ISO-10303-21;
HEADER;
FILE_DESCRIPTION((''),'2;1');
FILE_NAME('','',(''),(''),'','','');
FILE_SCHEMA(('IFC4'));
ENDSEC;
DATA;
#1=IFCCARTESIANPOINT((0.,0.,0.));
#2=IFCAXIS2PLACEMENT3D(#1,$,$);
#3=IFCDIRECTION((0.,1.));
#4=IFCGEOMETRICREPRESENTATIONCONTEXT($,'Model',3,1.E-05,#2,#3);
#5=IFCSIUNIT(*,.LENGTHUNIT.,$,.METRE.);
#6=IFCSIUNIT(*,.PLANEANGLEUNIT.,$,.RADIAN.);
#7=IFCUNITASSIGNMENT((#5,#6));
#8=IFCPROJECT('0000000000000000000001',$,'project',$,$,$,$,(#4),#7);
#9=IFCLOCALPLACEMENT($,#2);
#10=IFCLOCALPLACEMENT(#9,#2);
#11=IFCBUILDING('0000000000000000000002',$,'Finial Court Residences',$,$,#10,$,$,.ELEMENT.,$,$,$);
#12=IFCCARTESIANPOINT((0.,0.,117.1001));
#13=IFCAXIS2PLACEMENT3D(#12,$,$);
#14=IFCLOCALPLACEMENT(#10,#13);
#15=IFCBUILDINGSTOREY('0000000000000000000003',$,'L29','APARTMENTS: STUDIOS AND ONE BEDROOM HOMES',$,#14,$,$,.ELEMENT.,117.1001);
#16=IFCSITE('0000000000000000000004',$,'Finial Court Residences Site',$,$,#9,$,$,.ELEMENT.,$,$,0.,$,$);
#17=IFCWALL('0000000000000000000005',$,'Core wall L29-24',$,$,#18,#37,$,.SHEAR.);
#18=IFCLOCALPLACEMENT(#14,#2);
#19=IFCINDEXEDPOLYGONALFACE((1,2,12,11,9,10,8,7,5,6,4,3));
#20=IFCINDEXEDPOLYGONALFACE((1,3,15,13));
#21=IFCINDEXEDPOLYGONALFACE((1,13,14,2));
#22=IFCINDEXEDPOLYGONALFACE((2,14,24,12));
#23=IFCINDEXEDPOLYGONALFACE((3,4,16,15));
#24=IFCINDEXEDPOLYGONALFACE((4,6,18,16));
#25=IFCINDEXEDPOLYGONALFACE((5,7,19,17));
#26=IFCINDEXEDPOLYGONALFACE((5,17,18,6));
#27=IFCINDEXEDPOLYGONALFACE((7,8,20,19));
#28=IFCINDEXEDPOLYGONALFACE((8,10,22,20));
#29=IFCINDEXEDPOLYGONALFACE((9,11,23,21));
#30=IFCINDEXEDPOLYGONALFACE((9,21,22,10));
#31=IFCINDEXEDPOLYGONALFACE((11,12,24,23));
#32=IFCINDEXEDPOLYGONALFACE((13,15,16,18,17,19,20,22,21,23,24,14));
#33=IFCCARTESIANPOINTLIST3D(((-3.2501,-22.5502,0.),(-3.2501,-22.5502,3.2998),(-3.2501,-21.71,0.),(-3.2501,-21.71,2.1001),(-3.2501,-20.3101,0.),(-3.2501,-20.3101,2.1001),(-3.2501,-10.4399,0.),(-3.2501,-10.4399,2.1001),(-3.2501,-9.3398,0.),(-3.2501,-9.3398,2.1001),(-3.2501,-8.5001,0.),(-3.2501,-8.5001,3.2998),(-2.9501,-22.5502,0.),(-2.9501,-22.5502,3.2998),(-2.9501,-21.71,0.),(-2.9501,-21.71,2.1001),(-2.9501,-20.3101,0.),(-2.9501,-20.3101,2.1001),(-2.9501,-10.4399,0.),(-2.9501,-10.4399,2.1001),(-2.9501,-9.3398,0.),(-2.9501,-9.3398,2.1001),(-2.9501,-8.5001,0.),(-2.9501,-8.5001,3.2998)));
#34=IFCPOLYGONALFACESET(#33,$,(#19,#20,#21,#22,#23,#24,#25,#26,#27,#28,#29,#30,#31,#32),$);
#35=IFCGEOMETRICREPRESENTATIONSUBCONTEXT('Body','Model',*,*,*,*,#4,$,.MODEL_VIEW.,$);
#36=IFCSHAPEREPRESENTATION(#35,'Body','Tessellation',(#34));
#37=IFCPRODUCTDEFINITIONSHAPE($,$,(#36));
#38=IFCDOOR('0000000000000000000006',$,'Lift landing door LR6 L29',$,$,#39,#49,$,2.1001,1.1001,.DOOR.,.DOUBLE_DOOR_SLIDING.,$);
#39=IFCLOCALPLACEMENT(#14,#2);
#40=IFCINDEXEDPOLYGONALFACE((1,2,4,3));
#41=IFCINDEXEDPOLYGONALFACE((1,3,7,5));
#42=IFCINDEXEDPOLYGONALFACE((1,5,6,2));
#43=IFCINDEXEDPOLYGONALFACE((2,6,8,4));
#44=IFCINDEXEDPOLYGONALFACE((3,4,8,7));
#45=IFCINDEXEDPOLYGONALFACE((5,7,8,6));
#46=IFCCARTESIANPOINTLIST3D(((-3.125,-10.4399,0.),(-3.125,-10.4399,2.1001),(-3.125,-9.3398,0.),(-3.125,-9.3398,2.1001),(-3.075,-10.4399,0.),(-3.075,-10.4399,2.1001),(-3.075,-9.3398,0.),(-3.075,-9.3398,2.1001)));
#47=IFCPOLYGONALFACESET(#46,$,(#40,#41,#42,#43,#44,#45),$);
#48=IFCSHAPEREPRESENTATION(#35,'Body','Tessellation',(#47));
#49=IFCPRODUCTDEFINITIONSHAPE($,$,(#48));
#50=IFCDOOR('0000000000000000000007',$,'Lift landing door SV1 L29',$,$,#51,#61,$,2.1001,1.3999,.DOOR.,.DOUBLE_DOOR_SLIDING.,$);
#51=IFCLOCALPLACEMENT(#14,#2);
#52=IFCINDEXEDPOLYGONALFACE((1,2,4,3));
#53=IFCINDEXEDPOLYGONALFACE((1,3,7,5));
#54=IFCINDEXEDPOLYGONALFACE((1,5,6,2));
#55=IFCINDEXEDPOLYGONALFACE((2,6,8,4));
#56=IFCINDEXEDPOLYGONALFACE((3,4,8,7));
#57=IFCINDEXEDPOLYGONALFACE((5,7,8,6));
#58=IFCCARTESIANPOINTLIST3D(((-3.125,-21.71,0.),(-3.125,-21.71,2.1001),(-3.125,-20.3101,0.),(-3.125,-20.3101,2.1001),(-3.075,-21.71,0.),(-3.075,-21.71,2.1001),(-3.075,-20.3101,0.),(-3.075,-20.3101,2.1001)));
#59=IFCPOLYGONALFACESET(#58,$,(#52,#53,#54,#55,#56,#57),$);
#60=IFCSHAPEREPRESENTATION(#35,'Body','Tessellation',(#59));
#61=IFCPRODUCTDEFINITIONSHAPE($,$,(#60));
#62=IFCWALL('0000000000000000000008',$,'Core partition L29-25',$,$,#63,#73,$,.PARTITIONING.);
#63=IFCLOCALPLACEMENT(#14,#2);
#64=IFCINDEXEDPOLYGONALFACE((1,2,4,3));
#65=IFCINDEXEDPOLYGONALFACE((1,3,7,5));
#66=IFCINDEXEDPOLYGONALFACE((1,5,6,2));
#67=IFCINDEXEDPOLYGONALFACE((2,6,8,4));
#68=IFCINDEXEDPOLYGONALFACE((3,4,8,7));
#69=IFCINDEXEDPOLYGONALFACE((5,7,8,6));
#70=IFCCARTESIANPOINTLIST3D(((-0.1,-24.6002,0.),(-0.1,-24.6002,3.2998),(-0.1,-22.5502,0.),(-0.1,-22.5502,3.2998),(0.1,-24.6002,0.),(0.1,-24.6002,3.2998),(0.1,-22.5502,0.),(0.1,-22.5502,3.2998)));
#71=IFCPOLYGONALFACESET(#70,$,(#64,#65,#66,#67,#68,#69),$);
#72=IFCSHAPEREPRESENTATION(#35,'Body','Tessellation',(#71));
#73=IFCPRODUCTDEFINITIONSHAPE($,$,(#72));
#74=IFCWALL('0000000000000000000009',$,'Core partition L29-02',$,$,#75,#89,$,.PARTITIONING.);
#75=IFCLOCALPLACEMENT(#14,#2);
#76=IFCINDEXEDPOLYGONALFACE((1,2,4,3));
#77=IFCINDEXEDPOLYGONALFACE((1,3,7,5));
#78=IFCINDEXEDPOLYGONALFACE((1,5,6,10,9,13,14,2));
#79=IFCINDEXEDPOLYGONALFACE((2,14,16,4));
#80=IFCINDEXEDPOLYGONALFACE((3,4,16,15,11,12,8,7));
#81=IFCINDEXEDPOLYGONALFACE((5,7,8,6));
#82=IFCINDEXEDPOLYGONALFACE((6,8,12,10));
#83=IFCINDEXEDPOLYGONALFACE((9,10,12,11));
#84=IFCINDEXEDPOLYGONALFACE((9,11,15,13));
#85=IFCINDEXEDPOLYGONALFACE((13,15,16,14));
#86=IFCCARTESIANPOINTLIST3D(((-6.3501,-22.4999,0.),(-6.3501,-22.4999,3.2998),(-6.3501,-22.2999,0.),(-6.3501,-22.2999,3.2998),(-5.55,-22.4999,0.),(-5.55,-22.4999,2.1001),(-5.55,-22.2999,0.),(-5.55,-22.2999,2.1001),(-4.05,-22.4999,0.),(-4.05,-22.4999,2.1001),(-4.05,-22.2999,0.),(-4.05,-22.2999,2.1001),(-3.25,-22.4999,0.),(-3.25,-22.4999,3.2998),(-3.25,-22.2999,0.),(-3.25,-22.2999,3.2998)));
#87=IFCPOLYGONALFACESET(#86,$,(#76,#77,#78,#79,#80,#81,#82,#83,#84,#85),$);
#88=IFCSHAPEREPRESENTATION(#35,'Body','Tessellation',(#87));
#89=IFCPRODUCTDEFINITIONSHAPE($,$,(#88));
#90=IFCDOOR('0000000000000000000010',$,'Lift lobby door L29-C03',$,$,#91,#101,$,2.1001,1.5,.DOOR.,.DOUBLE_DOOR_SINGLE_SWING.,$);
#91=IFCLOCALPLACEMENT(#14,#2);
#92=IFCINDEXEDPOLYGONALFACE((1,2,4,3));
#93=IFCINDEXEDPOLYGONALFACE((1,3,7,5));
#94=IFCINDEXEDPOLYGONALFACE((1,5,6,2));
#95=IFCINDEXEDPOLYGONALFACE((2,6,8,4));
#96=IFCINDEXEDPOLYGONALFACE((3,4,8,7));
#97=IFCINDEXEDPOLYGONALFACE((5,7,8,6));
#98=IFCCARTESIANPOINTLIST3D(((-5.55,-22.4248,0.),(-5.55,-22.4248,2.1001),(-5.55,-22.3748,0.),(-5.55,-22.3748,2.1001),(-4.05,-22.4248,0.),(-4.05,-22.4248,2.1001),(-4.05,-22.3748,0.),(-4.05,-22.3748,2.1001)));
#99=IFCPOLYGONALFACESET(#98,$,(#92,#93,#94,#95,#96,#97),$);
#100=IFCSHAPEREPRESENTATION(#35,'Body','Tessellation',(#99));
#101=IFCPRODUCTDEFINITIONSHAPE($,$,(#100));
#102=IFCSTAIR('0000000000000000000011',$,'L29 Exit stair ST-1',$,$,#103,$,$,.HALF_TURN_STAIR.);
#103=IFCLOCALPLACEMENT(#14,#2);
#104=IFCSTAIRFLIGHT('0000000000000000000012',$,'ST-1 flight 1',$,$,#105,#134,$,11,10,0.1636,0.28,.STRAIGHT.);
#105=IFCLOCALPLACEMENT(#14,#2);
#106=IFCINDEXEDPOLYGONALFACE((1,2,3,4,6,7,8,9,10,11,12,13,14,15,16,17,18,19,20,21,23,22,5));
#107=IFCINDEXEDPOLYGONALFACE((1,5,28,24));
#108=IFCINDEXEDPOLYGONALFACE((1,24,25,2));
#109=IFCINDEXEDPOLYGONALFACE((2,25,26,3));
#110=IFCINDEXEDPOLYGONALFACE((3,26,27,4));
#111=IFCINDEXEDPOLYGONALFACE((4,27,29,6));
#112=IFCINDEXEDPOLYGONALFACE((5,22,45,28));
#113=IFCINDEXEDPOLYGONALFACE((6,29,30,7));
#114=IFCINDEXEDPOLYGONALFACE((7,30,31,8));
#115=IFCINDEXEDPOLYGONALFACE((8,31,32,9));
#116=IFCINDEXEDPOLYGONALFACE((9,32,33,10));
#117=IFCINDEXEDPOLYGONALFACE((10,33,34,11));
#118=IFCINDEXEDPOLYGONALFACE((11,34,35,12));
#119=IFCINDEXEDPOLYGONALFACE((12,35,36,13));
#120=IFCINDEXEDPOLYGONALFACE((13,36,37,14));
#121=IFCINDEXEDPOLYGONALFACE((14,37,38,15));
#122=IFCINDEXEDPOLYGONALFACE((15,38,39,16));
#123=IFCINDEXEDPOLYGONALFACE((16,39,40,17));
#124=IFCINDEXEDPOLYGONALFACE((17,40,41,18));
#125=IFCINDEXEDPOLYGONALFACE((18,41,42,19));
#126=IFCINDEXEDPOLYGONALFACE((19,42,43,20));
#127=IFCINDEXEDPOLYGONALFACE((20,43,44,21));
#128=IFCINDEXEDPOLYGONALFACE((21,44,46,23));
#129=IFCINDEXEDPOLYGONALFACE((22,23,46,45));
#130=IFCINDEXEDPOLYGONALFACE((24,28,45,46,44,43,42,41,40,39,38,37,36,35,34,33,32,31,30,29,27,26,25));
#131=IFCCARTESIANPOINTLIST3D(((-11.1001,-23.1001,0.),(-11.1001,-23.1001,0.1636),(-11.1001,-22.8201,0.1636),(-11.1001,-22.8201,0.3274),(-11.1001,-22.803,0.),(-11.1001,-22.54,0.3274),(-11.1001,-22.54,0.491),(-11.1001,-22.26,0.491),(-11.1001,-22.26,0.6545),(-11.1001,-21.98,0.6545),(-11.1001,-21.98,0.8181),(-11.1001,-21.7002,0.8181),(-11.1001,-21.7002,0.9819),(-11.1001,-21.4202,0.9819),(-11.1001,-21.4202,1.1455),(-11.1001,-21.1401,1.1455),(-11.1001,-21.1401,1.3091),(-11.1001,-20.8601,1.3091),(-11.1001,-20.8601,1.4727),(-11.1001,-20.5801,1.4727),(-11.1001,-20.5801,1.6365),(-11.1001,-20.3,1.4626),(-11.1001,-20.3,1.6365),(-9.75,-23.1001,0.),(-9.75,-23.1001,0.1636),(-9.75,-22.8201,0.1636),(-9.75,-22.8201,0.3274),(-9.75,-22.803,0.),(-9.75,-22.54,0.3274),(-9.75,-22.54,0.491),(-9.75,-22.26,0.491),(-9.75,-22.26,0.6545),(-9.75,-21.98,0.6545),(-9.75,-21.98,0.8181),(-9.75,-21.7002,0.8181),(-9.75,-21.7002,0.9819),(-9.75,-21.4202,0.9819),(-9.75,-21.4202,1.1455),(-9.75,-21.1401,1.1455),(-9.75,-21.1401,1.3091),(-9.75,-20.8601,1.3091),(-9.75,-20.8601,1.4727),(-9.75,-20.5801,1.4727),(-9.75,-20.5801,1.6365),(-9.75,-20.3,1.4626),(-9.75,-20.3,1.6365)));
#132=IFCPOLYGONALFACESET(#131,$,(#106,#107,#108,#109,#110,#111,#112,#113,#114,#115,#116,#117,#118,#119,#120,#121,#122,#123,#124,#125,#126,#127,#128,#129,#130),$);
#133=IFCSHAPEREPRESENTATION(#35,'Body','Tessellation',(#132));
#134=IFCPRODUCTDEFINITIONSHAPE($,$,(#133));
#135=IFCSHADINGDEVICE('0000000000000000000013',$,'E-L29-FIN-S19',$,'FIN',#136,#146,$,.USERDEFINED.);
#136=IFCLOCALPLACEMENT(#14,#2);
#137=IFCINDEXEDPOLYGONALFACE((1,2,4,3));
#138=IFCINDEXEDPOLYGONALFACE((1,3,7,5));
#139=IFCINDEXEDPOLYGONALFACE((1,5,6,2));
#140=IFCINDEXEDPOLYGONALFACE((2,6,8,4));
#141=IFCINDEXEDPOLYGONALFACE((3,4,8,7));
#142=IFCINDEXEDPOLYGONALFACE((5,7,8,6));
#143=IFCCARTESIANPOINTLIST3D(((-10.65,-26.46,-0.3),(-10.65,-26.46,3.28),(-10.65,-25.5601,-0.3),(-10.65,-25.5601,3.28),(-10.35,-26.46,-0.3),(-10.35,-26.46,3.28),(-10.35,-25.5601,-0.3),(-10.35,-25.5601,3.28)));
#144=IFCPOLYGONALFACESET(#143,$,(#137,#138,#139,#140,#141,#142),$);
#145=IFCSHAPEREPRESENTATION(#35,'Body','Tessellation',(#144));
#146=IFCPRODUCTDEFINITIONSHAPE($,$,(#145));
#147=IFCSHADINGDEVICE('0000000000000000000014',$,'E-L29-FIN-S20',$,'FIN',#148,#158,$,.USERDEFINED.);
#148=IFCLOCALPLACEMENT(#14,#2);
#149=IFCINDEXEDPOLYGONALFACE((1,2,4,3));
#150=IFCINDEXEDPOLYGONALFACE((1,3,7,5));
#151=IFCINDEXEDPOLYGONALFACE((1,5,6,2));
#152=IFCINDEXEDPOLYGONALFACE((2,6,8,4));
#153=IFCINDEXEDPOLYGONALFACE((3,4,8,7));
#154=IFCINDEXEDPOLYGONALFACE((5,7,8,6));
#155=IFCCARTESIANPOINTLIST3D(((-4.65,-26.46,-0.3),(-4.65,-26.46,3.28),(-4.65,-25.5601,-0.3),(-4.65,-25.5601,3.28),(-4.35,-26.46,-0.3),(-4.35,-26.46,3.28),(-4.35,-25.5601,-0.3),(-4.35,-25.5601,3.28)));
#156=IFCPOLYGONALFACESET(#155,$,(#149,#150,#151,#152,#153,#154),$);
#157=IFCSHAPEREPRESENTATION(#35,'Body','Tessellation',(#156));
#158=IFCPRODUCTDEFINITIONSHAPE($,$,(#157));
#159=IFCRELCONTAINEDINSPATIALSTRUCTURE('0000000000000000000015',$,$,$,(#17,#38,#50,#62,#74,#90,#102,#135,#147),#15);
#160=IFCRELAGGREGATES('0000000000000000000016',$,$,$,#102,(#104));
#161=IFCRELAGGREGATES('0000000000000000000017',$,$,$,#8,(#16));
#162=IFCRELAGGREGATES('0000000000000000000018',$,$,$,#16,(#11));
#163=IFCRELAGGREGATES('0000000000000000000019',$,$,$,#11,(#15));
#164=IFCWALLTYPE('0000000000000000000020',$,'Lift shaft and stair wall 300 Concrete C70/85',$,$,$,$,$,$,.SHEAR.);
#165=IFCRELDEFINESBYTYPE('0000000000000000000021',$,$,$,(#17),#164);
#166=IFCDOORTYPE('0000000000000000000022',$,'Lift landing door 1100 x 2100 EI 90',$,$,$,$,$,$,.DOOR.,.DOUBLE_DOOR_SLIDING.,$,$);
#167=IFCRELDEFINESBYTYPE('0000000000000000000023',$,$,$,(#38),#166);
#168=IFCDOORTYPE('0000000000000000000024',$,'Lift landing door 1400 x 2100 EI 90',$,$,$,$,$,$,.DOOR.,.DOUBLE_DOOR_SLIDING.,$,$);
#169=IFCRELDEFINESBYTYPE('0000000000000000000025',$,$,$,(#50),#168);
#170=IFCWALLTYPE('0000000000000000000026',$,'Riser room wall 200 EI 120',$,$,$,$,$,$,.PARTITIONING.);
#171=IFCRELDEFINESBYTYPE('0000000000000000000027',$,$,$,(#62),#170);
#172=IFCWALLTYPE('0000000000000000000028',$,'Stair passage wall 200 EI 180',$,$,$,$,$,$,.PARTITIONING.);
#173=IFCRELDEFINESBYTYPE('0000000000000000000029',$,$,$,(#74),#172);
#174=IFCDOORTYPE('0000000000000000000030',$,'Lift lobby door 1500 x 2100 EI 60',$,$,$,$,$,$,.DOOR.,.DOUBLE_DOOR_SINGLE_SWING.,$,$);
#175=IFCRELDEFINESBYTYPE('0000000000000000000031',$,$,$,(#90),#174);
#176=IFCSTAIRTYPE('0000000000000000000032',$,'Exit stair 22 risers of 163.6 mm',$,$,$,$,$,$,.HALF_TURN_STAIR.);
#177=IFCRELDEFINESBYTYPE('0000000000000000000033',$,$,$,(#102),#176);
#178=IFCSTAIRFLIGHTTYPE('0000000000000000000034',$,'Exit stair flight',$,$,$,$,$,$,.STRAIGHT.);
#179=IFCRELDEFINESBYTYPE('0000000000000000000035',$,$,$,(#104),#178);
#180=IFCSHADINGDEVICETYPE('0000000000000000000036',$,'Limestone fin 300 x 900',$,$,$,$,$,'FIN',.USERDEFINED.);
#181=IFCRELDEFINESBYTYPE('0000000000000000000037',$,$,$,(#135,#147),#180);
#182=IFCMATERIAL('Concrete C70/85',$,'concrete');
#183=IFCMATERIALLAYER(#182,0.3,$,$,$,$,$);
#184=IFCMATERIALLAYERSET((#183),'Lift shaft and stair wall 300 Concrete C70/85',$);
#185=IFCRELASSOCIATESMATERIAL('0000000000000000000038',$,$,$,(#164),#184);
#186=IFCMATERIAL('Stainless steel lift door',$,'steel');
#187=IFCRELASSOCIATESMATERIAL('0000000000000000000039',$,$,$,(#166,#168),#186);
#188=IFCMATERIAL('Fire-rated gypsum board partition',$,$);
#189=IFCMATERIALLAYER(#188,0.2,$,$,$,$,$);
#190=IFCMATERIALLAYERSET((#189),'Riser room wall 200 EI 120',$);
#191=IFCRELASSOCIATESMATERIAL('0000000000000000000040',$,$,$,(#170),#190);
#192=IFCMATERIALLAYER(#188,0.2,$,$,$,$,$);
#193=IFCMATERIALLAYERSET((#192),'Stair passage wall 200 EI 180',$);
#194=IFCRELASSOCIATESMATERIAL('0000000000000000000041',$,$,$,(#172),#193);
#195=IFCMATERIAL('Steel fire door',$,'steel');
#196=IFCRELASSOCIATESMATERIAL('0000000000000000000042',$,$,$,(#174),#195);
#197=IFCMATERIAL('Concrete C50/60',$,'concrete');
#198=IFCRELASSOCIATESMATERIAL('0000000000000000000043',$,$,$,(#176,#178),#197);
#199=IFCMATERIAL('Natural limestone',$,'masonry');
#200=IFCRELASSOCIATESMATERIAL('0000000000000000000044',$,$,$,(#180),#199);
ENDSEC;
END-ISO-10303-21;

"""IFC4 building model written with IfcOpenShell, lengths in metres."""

from ifc_helpers import new_model, si_unit, direction, frame, frame_2d, origin, origin_2d, place, context, subcontext, project, spatial, polyline, rectangle, outline, extrude, material, layer, layer_set, type_object, element, fill, aggregate, save


model = new_model("IFC4")

# Units and contexts
model_context = context("Model", 3, precision=1e-05, world=origin(), true_north=direction((0.0, 1.0)))
body_context = subcontext(model_context, "Body", "Model", "MODEL_VIEW")
ifc_project = project(units=[si_unit("LENGTHUNIT", "METRE"), si_unit("PLANEANGLEUNIT", "RADIAN")], contexts=[model_context])

# Site, building, storey
site_placement = place(None, origin())
site = spatial("IfcSite", under=ifc_project, at=site_placement, Name="Finial Court Residences Site", CompositionType="ELEMENT", RefElevation=0.0)
building_placement = place(site_placement, origin())
building = spatial("IfcBuilding", under=site, at=building_placement, Name="Finial Court Residences", CompositionType="ELEMENT")
storey_placement = place(building_placement, frame((0.0, 0.0, 117.1001)))
storey = spatial("IfcBuildingStorey", under=building, at=storey_placement, Name="L29", Description="APARTMENTS: STUDIOS AND ONE BEDROOM HOMES", CompositionType="ELEMENT", Elevation=117.1001)

# Shared definitions
ifc_material_1 = material(Name="Concrete C70/85", Category="concrete")
ifc_layer_1 = layer(ifc_material_1, 0.3)
ifc_layer_set_1 = layer_set([ifc_layer_1], Name="Lift shaft and stair wall 300 Concrete C70/85")
wall_type_1 = type_object("IfcWallType", Name="Lift shaft and stair wall 300 Concrete C70/85", PredefinedType="SHEAR", material=ifc_layer_set_1)

# Shared definitions
ifc_material_2 = material(Name="Steel fire door", Category="steel")

# Wall, openings, doors
ifc_material_3 = material(Name="Stainless steel lift door", Category="steel")
door_type_1 = type_object("IfcDoorType", Name="Lift landing door 1100 x 2100 EI 90", OperationType="DOUBLE_DOOR_SLIDING", PredefinedType="DOOR", material=ifc_material_3)
wall_1_placement = place(storey_placement, frame((-3.1001, -22.55, 0.0), z_axis=(0.0, 0.0, 1.0), x_axis=(0.0, 1.0, 0.0)))
wall_1 = element("IfcWall", 1, at=wall_1_placement, inside=storey, type_object=wall_type_1, Name="Core wall L29-24", PredefinedType="SHEAR", context=body_context, shape_type="SweptSolid", body=[
    extrude(rectangle(XDim=14.05, YDim=0.3, at=frame_2d((7.0249, 0.0))), origin(), (0.0, 0.0, 1.0), 3.2998),
])
opening_1_placement = place(wall_1_placement, frame((12.1101, 0.0, 0.0)))
opening_1 = element("IfcOpeningElement", 2, at=opening_1_placement, cuts=wall_1, PredefinedType="OPENING", context=body_context, shape_type="SweptSolid", body=[
    extrude(rectangle(XDim=1.1001, YDim=2.1001, at=frame_2d((0.55, 1.05))), frame((0.0, 0.1599, 0.0), z_axis=(0.0, -1.0, 0.0), x_axis=(1.0, 0.0, 0.0)), (0.0, 0.0, 1.0), 0.3201),
])
opening_2_placement = place(wall_1_placement, frame((0.8401, 0.0, 0.0)))
opening_2 = element("IfcOpeningElement", 3, at=opening_2_placement, cuts=wall_1, PredefinedType="OPENING", context=body_context, shape_type="SweptSolid", body=[
    extrude(rectangle(XDim=1.3999, YDim=2.1001, at=frame_2d((0.7, 1.05))), frame((0.0, 0.1599, 0.0), z_axis=(0.0, -1.0, 0.0), x_axis=(1.0, 0.0, 0.0)), (0.0, 0.0, 1.0), 0.3201),
])
door_1_placement = place(opening_1_placement, origin())
door_1 = element("IfcDoor", 4, at=door_1_placement, inside=storey, type_object=door_type_1, Name="Lift landing door LR6 L29", OperationType="DOUBLE_DOOR_SLIDING", OverallHeight=2.1001, OverallWidth=1.1001, PredefinedType="DOOR", context=body_context, shape_type="SweptSolid", body=[
    extrude(rectangle(XDim=1.1001, YDim=2.1001, at=frame_2d((0.55, 1.05))), frame((0.0, 0.0249, 0.0), z_axis=(0.0, -1.0, 0.0), x_axis=(1.0, 0.0, 0.0)), (0.0, 0.0, 1.0), 0.05),
])
fill(opening_1, door_1)
door_type_2 = type_object("IfcDoorType", Name="Lift landing door 1400 x 2100 EI 90", OperationType="DOUBLE_DOOR_SLIDING", PredefinedType="DOOR", material=ifc_material_3)
door_2_placement = place(opening_2_placement, origin())
door_2 = element("IfcDoor", 5, at=door_2_placement, inside=storey, type_object=door_type_2, Name="Lift landing door SV1 L29", OperationType="DOUBLE_DOOR_SLIDING", OverallHeight=2.1001, OverallWidth=1.3999, PredefinedType="DOOR", context=body_context, shape_type="SweptSolid", body=[
    extrude(rectangle(XDim=1.3999, YDim=2.1001, at=frame_2d((0.7, 1.05))), frame((0.0, 0.0249, 0.0), z_axis=(0.0, -1.0, 0.0), x_axis=(1.0, 0.0, 0.0)), (0.0, 0.0, 1.0), 0.05),
])
fill(opening_2, door_2)

# Wall
ifc_material_4 = material(Name="Fire-rated gypsum board partition")
ifc_layer_2 = layer(ifc_material_4, 0.2)
ifc_layer_set_2 = layer_set([ifc_layer_2], Name="Riser room wall 200 EI 120")
wall_type_2 = type_object("IfcWallType", Name="Riser room wall 200 EI 120", PredefinedType="PARTITIONING", material=ifc_layer_set_2)
wall_2_placement = place(storey_placement, frame((0.0, -24.6001, 0.0), z_axis=(0.0, 0.0, 1.0), x_axis=(0.0, 1.0, 0.0)))
element("IfcWall", 6, at=wall_2_placement, inside=storey, type_object=wall_type_2, Name="Core partition L29-25", PredefinedType="PARTITIONING", context=body_context, shape_type="SweptSolid", body=[
    extrude(rectangle(XDim=2.05, YDim=0.2, at=frame_2d((1.0249, 0.0))), origin(), (0.0, 0.0, 1.0), 3.2998),
])

# Wall, opening, door
ifc_layer_3 = layer(ifc_material_4, 0.2)
ifc_layer_set_3 = layer_set([ifc_layer_3], Name="Stair passage wall 200 EI 180")
wall_type_3 = type_object("IfcWallType", Name="Stair passage wall 200 EI 180", PredefinedType="PARTITIONING", material=ifc_layer_set_3)
wall_3_placement = place(storey_placement, frame((-3.25, -22.3999, 0.0), z_axis=(0.0, 0.0, 1.0), x_axis=(-1.0, 0.0, 0.0)))
wall_3 = element("IfcWall", 7, at=wall_3_placement, inside=storey, type_object=wall_type_3, Name="Core partition L29-02", PredefinedType="PARTITIONING", context=body_context, shape_type="SweptSolid", body=[
    extrude(rectangle(XDim=3.1001, YDim=0.2, at=frame_2d((1.55, 0.0))), origin(), (0.0, 0.0, 1.0), 3.2998),
])
opening_3_placement = place(wall_3_placement, frame((0.8, 0.0, 0.0)))
opening_3 = element("IfcOpeningElement", 8, at=opening_3_placement, cuts=wall_3, PredefinedType="OPENING", context=body_context, shape_type="SweptSolid", body=[
    extrude(rectangle(XDim=1.5, YDim=2.1001, at=frame_2d((0.75, 1.05))), frame((0.0, 0.1099, 0.0), z_axis=(0.0, -1.0, 0.0), x_axis=(1.0, 0.0, 0.0)), (0.0, 0.0, 1.0), 0.22),
])
door_type_3 = type_object("IfcDoorType", Name="Lift lobby door 1500 x 2100 EI 60", OperationType="DOUBLE_DOOR_SINGLE_SWING", PredefinedType="DOOR", material=ifc_material_2)
door_3_placement = place(opening_3_placement, origin())
door_3 = element("IfcDoor", 9, at=door_3_placement, inside=storey, type_object=door_type_3, Name="Lift lobby door L29-C03", OperationType="DOUBLE_DOOR_SINGLE_SWING", OverallHeight=2.1001, OverallWidth=1.5, PredefinedType="DOOR", context=body_context, shape_type="SweptSolid", body=[
    extrude(rectangle(XDim=1.5, YDim=2.1001, at=frame_2d((0.75, 1.05))), frame((0.0, 0.0249, 0.0), z_axis=(0.0, -1.0, 0.0), x_axis=(1.0, 0.0, 0.0)), (0.0, 0.0, 1.0), 0.05),
])
fill(opening_3, door_3)

# Stair, stair flight
ifc_material_5 = material(Name="Concrete C50/60", Category="concrete")
stair_type = type_object("IfcStairType", Name="Exit stair 22 risers of 163.6 mm", PredefinedType="HALF_TURN_STAIR", material=ifc_material_5)
stair_placement = place(storey_placement, origin())
stair = element("IfcStair", 10, at=stair_placement, inside=storey, type_object=stair_type, Name="L29 Exit stair ST-1", PredefinedType="HALF_TURN_STAIR")
stair_flight_type = type_object("IfcStairFlightType", Name="Exit stair flight", PredefinedType="STRAIGHT", material=ifc_material_5)
stair_flight_placement = place(storey_placement, frame((-10.425, -23.1001, 0.0), z_axis=(0.0, 0.0, 1.0), x_axis=(0.0, 1.0, 0.0)))
stair_flight = element("IfcStairFlight", 11, at=stair_flight_placement, type_object=stair_flight_type, Name="ST-1 flight 1", NumberOfRisers=11, NumberOfTreads=10, PredefinedType="STRAIGHT", RiserHeight=0.1636, TreadLength=0.28, context=body_context, shape_type="SweptSolid", body=[
    extrude(outline(polyline([(0.0, 0.0), (0.0, 0.1636), (0.28, 0.1636), (0.28, 0.3274), (0.5601, 0.3274), (0.5601, 0.491), (0.8401, 0.491), (0.8401, 0.6545), (1.1201, 0.6545), (1.1201, 0.8181), (1.3999, 0.8181), (1.3999, 0.9819), (1.6799, 0.9819), (1.6799, 1.1455), (1.96, 1.1455), (1.96, 1.3091), (2.24, 1.3091), (2.24, 1.4727), (2.52, 1.4727), (2.52, 1.6365), (2.8, 1.6365), (2.8, 1.8), (2.8, 1.4626), (0.2971, 0.0), (0.0, 0.0)])), frame((0.0, 0.675, 0.0), z_axis=(0.0, -1.0, 0.0), x_axis=(1.0, 0.0, 0.0)), (0.0, 0.0, 1.0), 1.3501),
])
aggregate(stair, [stair_flight])

# Shading devices
ifc_material_6 = material(Name="Natural limestone", Category="masonry")
shading_device_type = type_object("IfcShadingDeviceType", Name="Limestone fin 300 x 900", ElementType="FIN", PredefinedType="USERDEFINED", material=ifc_material_6)
for number, where, z_axis, x_axis, name in (
    (12, (-10.5, -26.01, -0.3), (0.0, 0.0, 1.0), (1.0, 0.0, 0.0), "E-L29-FIN-S19"),
    (13, (-4.5, -26.01, -0.3), (0.0, 0.0, 1.0), (1.0, 0.0, 0.0), "E-L29-FIN-S20"),
):
    element("IfcShadingDevice", number, at=place(storey_placement, frame(where, z_axis=z_axis, x_axis=x_axis)), inside=storey, type_object=shading_device_type, Name=name, ObjectType="FIN", PredefinedType="USERDEFINED", context=body_context, shape_type="SweptSolid", body=[
        extrude(rectangle(XDim=0.3, YDim=0.8999, at=origin_2d()), origin(), (0.0, 0.0, 1.0), 3.5801),
    ])

save(model, "model.ifc")
